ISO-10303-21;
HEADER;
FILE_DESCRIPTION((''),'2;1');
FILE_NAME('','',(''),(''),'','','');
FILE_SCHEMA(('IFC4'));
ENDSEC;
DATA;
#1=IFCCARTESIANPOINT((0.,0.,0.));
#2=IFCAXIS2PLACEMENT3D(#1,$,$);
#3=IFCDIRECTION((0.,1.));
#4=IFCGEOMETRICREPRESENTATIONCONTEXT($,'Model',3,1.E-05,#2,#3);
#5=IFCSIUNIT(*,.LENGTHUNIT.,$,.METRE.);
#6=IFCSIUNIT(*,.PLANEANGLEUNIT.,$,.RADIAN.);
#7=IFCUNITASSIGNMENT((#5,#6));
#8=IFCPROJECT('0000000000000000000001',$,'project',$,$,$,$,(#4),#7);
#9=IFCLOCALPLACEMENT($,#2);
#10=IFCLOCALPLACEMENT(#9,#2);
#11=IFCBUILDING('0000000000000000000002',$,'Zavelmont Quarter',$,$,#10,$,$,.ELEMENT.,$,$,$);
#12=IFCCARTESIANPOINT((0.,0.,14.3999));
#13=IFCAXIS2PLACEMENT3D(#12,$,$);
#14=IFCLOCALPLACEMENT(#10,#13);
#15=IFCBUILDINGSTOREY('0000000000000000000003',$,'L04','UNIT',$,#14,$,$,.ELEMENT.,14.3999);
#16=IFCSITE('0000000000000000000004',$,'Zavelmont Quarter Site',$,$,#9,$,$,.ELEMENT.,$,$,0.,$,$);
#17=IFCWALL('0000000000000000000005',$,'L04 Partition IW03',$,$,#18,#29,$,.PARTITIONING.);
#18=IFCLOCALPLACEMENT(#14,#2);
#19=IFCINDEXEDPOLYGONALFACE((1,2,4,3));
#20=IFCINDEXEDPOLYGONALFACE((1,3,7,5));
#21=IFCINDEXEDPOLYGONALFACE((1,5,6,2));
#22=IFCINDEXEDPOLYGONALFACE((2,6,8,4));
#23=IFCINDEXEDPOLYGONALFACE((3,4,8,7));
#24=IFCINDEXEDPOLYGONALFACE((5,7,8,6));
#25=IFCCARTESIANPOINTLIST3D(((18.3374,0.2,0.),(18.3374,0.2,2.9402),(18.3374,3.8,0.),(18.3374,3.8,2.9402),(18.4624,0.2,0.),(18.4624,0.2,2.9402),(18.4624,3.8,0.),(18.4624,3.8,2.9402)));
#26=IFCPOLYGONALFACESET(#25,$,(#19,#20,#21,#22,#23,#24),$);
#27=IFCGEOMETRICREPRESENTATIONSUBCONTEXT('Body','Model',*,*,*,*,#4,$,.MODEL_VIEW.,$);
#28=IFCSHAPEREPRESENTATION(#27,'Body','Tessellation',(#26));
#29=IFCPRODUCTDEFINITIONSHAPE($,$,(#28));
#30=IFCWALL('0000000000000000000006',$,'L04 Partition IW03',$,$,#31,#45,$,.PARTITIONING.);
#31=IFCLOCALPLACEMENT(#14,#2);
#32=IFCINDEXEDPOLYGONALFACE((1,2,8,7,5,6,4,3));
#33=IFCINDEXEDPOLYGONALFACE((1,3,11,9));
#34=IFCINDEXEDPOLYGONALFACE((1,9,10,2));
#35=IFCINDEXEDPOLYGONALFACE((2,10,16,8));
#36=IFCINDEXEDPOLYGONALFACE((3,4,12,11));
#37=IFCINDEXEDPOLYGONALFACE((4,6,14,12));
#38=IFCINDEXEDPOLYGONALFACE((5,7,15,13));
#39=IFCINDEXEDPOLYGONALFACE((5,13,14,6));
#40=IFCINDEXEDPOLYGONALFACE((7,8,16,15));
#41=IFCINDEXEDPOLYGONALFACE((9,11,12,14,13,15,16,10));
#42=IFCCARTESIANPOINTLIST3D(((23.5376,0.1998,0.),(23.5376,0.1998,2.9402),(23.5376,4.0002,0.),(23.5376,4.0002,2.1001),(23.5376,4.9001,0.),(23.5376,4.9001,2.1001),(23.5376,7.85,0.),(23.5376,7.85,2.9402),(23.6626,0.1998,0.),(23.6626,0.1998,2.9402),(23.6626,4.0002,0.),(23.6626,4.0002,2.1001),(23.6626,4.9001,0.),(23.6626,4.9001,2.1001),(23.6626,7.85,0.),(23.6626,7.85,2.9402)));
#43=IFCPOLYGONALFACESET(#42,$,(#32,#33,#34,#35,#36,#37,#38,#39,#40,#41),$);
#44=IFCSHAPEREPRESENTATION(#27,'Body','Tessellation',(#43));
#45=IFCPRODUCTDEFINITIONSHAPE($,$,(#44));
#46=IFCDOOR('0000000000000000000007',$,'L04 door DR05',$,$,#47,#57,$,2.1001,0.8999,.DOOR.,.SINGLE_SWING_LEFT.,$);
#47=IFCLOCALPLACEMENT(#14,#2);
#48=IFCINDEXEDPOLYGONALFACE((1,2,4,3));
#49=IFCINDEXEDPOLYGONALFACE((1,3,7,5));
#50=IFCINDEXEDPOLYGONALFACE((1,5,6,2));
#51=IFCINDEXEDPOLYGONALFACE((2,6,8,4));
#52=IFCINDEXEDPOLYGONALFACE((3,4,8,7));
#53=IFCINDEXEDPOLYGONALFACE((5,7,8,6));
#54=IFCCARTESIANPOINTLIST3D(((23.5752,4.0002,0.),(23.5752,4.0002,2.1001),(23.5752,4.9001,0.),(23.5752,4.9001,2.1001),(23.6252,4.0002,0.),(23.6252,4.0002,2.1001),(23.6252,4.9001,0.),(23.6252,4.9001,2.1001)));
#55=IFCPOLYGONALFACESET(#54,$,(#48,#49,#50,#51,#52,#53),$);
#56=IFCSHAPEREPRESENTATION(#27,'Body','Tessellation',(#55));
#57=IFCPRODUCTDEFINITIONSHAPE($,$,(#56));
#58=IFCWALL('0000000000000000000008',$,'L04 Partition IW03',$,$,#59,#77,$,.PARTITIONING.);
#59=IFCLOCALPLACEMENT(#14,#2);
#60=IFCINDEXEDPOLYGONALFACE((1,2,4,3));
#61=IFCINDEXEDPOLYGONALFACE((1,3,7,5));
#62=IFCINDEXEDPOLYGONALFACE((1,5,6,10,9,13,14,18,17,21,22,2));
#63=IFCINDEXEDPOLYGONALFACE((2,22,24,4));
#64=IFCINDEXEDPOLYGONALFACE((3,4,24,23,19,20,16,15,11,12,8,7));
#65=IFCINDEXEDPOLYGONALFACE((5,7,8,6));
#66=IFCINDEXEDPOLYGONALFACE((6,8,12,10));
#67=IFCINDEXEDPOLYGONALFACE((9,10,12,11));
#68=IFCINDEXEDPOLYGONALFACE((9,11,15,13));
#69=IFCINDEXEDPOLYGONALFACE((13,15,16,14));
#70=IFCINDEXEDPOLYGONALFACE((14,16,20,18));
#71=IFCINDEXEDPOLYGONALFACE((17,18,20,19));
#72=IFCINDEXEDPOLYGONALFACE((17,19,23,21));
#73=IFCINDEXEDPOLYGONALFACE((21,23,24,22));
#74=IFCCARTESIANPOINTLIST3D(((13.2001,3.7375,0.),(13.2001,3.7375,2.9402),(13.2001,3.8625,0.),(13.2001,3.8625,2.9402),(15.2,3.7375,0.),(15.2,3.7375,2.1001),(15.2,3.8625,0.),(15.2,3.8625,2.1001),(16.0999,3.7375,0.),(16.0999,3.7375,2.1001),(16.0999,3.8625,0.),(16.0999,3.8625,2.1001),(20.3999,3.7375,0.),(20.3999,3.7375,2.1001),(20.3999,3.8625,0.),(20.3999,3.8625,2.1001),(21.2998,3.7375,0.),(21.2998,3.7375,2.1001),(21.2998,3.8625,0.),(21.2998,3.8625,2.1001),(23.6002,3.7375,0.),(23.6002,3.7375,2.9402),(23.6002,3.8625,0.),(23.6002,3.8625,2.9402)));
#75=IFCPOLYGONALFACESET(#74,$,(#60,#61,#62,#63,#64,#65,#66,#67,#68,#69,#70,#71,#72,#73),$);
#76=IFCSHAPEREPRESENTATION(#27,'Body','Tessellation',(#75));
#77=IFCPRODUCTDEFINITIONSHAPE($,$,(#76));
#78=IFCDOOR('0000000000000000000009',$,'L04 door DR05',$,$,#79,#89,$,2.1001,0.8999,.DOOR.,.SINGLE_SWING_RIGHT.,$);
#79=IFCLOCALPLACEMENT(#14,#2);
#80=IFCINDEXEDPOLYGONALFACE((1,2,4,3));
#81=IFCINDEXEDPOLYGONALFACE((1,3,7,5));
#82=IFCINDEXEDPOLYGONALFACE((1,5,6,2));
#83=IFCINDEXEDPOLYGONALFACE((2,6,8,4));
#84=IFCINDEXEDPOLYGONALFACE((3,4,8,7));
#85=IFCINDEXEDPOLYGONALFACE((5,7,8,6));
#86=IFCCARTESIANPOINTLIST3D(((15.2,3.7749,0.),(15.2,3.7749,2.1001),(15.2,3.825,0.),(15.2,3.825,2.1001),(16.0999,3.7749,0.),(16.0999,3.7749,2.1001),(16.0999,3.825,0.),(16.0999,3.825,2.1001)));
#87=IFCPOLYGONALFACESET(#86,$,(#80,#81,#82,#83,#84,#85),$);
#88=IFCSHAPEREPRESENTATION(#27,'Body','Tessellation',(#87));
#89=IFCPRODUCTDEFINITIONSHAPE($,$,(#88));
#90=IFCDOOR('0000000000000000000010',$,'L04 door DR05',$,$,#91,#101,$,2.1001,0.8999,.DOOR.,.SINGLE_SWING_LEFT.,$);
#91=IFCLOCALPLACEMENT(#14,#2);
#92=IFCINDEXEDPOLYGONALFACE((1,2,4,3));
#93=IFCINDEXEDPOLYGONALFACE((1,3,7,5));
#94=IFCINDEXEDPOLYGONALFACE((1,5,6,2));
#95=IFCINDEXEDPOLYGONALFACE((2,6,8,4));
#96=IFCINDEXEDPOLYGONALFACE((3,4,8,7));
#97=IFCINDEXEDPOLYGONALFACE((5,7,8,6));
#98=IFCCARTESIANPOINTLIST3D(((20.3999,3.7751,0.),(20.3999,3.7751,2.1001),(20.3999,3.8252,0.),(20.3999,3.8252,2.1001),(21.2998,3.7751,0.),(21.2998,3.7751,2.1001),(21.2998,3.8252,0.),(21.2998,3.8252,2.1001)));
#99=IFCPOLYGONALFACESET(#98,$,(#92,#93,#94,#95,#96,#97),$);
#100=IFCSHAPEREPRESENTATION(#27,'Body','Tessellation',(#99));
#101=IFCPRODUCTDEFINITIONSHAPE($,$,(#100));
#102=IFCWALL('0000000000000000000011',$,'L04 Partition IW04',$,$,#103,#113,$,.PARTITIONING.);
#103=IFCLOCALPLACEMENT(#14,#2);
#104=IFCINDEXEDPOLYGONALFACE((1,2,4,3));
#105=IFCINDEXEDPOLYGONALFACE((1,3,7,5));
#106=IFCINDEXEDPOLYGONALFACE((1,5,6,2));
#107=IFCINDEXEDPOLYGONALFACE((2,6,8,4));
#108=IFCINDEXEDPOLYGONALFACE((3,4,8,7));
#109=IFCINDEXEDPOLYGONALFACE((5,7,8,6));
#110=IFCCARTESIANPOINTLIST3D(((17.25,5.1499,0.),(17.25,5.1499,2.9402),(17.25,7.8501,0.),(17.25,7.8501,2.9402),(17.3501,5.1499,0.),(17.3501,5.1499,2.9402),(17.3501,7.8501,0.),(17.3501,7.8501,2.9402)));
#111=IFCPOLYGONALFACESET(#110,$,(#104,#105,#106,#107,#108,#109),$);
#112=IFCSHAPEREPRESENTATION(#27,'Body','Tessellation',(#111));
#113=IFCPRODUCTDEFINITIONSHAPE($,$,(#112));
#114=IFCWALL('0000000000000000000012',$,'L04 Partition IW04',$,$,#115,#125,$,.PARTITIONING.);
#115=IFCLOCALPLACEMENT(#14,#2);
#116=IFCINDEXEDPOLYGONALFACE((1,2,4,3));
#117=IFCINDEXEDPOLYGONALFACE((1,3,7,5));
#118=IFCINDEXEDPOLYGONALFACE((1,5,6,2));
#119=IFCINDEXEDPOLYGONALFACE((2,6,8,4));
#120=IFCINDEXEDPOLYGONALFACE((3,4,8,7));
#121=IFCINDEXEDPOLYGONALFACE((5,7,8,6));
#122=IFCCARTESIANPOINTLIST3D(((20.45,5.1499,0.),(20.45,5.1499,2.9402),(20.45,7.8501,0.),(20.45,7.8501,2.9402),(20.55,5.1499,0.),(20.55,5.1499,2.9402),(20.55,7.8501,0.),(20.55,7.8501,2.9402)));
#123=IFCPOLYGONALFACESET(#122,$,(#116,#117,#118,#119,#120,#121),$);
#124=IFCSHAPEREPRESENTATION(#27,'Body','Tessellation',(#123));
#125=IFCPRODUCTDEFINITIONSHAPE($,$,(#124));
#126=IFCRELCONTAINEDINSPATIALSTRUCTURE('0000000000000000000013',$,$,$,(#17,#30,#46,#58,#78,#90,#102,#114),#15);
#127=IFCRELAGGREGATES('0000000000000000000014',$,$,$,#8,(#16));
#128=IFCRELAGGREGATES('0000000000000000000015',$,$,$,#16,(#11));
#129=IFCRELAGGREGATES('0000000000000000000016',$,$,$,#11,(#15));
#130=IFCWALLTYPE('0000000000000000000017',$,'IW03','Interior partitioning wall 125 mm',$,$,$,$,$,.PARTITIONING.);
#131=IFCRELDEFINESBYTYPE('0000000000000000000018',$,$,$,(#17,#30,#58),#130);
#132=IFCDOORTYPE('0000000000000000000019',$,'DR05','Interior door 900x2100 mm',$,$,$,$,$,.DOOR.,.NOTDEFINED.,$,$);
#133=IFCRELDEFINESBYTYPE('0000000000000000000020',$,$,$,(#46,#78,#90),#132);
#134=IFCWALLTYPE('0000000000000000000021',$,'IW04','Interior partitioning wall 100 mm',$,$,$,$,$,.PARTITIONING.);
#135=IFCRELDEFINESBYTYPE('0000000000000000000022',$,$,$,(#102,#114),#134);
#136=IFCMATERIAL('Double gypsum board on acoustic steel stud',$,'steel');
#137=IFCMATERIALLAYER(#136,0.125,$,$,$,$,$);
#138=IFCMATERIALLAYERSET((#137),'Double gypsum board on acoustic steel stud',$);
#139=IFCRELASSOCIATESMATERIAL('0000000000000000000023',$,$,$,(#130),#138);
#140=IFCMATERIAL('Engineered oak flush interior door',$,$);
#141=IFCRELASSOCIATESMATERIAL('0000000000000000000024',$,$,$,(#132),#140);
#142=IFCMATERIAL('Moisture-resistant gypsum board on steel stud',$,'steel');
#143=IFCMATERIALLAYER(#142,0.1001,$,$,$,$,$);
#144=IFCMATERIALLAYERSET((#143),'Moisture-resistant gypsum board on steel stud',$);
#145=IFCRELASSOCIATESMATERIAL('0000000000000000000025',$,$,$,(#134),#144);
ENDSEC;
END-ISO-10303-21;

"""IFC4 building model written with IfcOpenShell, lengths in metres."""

from ifc_helpers import new_model, si_unit, direction, frame, frame_2d, origin, origin_with_axes, place, context, subcontext, project, spatial, rectangle, extrude, material, layer, layer_set, type_object, element, fill, save


model = new_model("IFC4")

# Units and contexts
model_context = context("Model", 3, precision=1e-05, world=origin(), true_north=direction((0.0, 1.0)))
body_context = subcontext(model_context, "Body", "Model", "MODEL_VIEW")
ifc_project = project(units=[si_unit("LENGTHUNIT", "METRE"), si_unit("PLANEANGLEUNIT", "RADIAN")], contexts=[model_context])

# Site, building, storey
site_placement = place(None, origin())
site = spatial("IfcSite", under=ifc_project, at=site_placement, Name="Zavelmont Quarter Site", CompositionType="ELEMENT", RefElevation=0.0)
building_placement = place(site_placement, origin())
building = spatial("IfcBuilding", under=site, at=building_placement, Name="Zavelmont Quarter", CompositionType="ELEMENT")
storey_placement = place(building_placement, frame((0.0, 0.0, 14.3999)))
storey = spatial("IfcBuildingStorey", under=building, at=storey_placement, Name="L04", Description="UNIT", CompositionType="ELEMENT", Elevation=14.3999)

# Shared definitions
ifc_material_1 = material(Name="Double gypsum board on acoustic steel stud", Category="steel")
ifc_layer_1 = layer(ifc_material_1, 0.125)
ifc_layer_set_1 = layer_set([ifc_layer_1], Name="Double gypsum board on acoustic steel stud")
wall_type_1 = type_object("IfcWallType", Name="IW03", Description="Interior partitioning wall 125 mm", PredefinedType="PARTITIONING", material=ifc_layer_set_1)
ifc_material_2 = material(Name="Engineered oak flush interior door")
door_type_1 = type_object("IfcDoorType", Name="DR05", Description="Interior door 900x2100 mm", OperationType="NOTDEFINED", PredefinedType="DOOR", material=ifc_material_2)

# Wall
wall_1_placement = place(storey_placement, frame((18.3999, 3.8, 0.0), z_axis=(0.0, 0.0, 1.0), x_axis=(0.0, -1.0, 0.0)))
element("IfcWall", 1, at=wall_1_placement, inside=storey, type_object=wall_type_1, Name="L04 Partition IW03", PredefinedType="PARTITIONING", context=body_context, shape_type="SweptSolid", body=[
    extrude(rectangle(XDim=3.6001, YDim=0.125, at=frame_2d((1.8, 0.0))), origin(), (0.0, 0.0, 1.0), 2.9402),
])

# Wall, opening, door
wall_2_placement = place(storey_placement, frame((23.6001, 7.8501, 0.0), z_axis=(0.0, 0.0, 1.0), x_axis=(0.0, -1.0, 0.0)))
wall_2 = element("IfcWall", 2, at=wall_2_placement, inside=storey, type_object=wall_type_1, Name="L04 Partition IW03", PredefinedType="PARTITIONING", context=body_context, shape_type="SweptSolid", body=[
    extrude(rectangle(XDim=7.6501, YDim=0.125, at=frame_2d((3.8252, 0.0))), origin(), (0.0, 0.0, 1.0), 2.9402),
])
opening_1_placement = place(wall_2_placement, frame((2.95, 0.0, 0.0)))
opening_1 = element("IfcOpeningElement", 3, at=opening_1_placement, cuts=wall_2, PredefinedType="OPENING", context=body_context, shape_type="SweptSolid", body=[
    extrude(rectangle(XDim=0.8999, YDim=2.1001, at=frame_2d((0.45, 1.05))), frame((0.0, 0.0745, 0.0), z_axis=(0.0, -1.0, 0.0), x_axis=(1.0, 0.0, 0.0)), (0.0, 0.0, 1.0), 0.1489),
])
door_1_placement = place(opening_1_placement, frame((0.8999, 0.0, 0.0), z_axis=(0.0, 0.0, 1.0), x_axis=(-1.0, 0.0, 0.0)))
door_1 = element("IfcDoor", 4, at=door_1_placement, inside=storey, type_object=door_type_1, Name="L04 door DR05", OperationType="SINGLE_SWING_LEFT", OverallHeight=2.1001, OverallWidth=0.8999, PredefinedType="DOOR", context=body_context, shape_type="SweptSolid", body=[
    extrude(rectangle(XDim=0.8999, YDim=2.1001, at=frame_2d((0.45, 1.05))), frame((0.0, 0.0249, 0.0), z_axis=(0.0, -1.0, 0.0), x_axis=(1.0, 0.0, 0.0)), (0.0, 0.0, 1.0), 0.05),
])
fill(opening_1, door_1)

# Wall, openings, doors
wall_3_placement = place(storey_placement, frame((13.2, 3.8, 0.0), z_axis=(0.0, 0.0, 1.0), x_axis=(1.0, 0.0, 0.0)))
wall_3 = element("IfcWall", 5, at=wall_3_placement, inside=storey, type_object=wall_type_1, Name="L04 Partition IW03", PredefinedType="PARTITIONING", context=body_context, shape_type="SweptSolid", body=[
    extrude(rectangle(XDim=10.4001, YDim=0.125, at=frame_2d((5.2002, 0.0))), origin(), (0.0, 0.0, 1.0), 2.9402),
])
opening_2_placement = place(wall_3_placement, frame((2.0, 0.0, 0.0)))
opening_2 = element("IfcOpeningElement", 6, at=opening_2_placement, cuts=wall_3, PredefinedType="OPENING", context=body_context, shape_type="SweptSolid", body=[
    extrude(rectangle(XDim=0.8999, YDim=2.1001, at=frame_2d((0.45, 1.05))), frame((0.0, 0.0745, 0.0), z_axis=(0.0, -1.0, 0.0), x_axis=(1.0, 0.0, 0.0)), (0.0, 0.0, 1.0), 0.1489),
])
opening_3_placement = place(wall_3_placement, frame((7.2, 0.0, 0.0)))
opening_3 = element("IfcOpeningElement", 7, at=opening_3_placement, cuts=wall_3, PredefinedType="OPENING", context=body_context, shape_type="SweptSolid", body=[
    extrude(rectangle(XDim=0.8999, YDim=2.1001, at=frame_2d((0.45, 1.05))), frame((0.0, 0.0745, 0.0), z_axis=(0.0, -1.0, 0.0), x_axis=(1.0, 0.0, 0.0)), (0.0, 0.0, 1.0), 0.1489),
])
door_2_placement = place(opening_2_placement, origin_with_axes())
door_2 = element("IfcDoor", 8, at=door_2_placement, inside=storey, type_object=door_type_1, Name="L04 door DR05", OperationType="SINGLE_SWING_RIGHT", OverallHeight=2.1001, OverallWidth=0.8999, PredefinedType="DOOR", context=body_context, shape_type="SweptSolid", body=[
    extrude(rectangle(XDim=0.8999, YDim=2.1001, at=frame_2d((0.45, 1.05))), frame((0.0, 0.0249, 0.0), z_axis=(0.0, -1.0, 0.0), x_axis=(1.0, 0.0, 0.0)), (0.0, 0.0, 1.0), 0.05),
])
fill(opening_2, door_2)
door_3_placement = place(opening_3_placement, frame((0.8999, 0.0, 0.0), z_axis=(0.0, 0.0, 1.0), x_axis=(-1.0, 0.0, 0.0)))
door_3 = element("IfcDoor", 9, at=door_3_placement, inside=storey, type_object=door_type_1, Name="L04 door DR05", OperationType="SINGLE_SWING_LEFT", OverallHeight=2.1001, OverallWidth=0.8999, PredefinedType="DOOR", context=body_context, shape_type="SweptSolid", body=[
    extrude(rectangle(XDim=0.8999, YDim=2.1001, at=frame_2d((0.45, 1.05))), frame((0.0, 0.0249, 0.0), z_axis=(0.0, -1.0, 0.0), x_axis=(1.0, 0.0, 0.0)), (0.0, 0.0, 1.0), 0.05),
])
fill(opening_3, door_3)

# Walls
ifc_material_3 = material(Name="Moisture-resistant gypsum board on steel stud", Category="steel")
ifc_layer_2 = layer(ifc_material_3, 0.1001)
ifc_layer_set_2 = layer_set([ifc_layer_2], Name="Moisture-resistant gypsum board on steel stud")
wall_type_2 = type_object("IfcWallType", Name="IW04", Description="Interior partitioning wall 100 mm", PredefinedType="PARTITIONING", material=ifc_layer_set_2)
for number, where, z_axis, x_axis, name in (
    (10, (17.3, 7.8501, 0.0), (0.0, 0.0, 1.0), (0.0, -1.0, 0.0), "L04 Partition IW04"),
    (11, (20.5, 7.8501, 0.0), (0.0, 0.0, 1.0), (0.0, -1.0, 0.0), "L04 Partition IW04"),
):
    element("IfcWall", number, at=place(storey_placement, frame(where, z_axis=z_axis, x_axis=x_axis)), inside=storey, type_object=wall_type_2, Name=name, PredefinedType="PARTITIONING", context=body_context, shape_type="SweptSolid", body=[
        extrude(rectangle(XDim=2.7002, YDim=0.1001, at=frame_2d((1.3501, 0.0))), origin(), (0.0, 0.0, 1.0), 2.9402),
    ])

save(model, "model.ifc")
